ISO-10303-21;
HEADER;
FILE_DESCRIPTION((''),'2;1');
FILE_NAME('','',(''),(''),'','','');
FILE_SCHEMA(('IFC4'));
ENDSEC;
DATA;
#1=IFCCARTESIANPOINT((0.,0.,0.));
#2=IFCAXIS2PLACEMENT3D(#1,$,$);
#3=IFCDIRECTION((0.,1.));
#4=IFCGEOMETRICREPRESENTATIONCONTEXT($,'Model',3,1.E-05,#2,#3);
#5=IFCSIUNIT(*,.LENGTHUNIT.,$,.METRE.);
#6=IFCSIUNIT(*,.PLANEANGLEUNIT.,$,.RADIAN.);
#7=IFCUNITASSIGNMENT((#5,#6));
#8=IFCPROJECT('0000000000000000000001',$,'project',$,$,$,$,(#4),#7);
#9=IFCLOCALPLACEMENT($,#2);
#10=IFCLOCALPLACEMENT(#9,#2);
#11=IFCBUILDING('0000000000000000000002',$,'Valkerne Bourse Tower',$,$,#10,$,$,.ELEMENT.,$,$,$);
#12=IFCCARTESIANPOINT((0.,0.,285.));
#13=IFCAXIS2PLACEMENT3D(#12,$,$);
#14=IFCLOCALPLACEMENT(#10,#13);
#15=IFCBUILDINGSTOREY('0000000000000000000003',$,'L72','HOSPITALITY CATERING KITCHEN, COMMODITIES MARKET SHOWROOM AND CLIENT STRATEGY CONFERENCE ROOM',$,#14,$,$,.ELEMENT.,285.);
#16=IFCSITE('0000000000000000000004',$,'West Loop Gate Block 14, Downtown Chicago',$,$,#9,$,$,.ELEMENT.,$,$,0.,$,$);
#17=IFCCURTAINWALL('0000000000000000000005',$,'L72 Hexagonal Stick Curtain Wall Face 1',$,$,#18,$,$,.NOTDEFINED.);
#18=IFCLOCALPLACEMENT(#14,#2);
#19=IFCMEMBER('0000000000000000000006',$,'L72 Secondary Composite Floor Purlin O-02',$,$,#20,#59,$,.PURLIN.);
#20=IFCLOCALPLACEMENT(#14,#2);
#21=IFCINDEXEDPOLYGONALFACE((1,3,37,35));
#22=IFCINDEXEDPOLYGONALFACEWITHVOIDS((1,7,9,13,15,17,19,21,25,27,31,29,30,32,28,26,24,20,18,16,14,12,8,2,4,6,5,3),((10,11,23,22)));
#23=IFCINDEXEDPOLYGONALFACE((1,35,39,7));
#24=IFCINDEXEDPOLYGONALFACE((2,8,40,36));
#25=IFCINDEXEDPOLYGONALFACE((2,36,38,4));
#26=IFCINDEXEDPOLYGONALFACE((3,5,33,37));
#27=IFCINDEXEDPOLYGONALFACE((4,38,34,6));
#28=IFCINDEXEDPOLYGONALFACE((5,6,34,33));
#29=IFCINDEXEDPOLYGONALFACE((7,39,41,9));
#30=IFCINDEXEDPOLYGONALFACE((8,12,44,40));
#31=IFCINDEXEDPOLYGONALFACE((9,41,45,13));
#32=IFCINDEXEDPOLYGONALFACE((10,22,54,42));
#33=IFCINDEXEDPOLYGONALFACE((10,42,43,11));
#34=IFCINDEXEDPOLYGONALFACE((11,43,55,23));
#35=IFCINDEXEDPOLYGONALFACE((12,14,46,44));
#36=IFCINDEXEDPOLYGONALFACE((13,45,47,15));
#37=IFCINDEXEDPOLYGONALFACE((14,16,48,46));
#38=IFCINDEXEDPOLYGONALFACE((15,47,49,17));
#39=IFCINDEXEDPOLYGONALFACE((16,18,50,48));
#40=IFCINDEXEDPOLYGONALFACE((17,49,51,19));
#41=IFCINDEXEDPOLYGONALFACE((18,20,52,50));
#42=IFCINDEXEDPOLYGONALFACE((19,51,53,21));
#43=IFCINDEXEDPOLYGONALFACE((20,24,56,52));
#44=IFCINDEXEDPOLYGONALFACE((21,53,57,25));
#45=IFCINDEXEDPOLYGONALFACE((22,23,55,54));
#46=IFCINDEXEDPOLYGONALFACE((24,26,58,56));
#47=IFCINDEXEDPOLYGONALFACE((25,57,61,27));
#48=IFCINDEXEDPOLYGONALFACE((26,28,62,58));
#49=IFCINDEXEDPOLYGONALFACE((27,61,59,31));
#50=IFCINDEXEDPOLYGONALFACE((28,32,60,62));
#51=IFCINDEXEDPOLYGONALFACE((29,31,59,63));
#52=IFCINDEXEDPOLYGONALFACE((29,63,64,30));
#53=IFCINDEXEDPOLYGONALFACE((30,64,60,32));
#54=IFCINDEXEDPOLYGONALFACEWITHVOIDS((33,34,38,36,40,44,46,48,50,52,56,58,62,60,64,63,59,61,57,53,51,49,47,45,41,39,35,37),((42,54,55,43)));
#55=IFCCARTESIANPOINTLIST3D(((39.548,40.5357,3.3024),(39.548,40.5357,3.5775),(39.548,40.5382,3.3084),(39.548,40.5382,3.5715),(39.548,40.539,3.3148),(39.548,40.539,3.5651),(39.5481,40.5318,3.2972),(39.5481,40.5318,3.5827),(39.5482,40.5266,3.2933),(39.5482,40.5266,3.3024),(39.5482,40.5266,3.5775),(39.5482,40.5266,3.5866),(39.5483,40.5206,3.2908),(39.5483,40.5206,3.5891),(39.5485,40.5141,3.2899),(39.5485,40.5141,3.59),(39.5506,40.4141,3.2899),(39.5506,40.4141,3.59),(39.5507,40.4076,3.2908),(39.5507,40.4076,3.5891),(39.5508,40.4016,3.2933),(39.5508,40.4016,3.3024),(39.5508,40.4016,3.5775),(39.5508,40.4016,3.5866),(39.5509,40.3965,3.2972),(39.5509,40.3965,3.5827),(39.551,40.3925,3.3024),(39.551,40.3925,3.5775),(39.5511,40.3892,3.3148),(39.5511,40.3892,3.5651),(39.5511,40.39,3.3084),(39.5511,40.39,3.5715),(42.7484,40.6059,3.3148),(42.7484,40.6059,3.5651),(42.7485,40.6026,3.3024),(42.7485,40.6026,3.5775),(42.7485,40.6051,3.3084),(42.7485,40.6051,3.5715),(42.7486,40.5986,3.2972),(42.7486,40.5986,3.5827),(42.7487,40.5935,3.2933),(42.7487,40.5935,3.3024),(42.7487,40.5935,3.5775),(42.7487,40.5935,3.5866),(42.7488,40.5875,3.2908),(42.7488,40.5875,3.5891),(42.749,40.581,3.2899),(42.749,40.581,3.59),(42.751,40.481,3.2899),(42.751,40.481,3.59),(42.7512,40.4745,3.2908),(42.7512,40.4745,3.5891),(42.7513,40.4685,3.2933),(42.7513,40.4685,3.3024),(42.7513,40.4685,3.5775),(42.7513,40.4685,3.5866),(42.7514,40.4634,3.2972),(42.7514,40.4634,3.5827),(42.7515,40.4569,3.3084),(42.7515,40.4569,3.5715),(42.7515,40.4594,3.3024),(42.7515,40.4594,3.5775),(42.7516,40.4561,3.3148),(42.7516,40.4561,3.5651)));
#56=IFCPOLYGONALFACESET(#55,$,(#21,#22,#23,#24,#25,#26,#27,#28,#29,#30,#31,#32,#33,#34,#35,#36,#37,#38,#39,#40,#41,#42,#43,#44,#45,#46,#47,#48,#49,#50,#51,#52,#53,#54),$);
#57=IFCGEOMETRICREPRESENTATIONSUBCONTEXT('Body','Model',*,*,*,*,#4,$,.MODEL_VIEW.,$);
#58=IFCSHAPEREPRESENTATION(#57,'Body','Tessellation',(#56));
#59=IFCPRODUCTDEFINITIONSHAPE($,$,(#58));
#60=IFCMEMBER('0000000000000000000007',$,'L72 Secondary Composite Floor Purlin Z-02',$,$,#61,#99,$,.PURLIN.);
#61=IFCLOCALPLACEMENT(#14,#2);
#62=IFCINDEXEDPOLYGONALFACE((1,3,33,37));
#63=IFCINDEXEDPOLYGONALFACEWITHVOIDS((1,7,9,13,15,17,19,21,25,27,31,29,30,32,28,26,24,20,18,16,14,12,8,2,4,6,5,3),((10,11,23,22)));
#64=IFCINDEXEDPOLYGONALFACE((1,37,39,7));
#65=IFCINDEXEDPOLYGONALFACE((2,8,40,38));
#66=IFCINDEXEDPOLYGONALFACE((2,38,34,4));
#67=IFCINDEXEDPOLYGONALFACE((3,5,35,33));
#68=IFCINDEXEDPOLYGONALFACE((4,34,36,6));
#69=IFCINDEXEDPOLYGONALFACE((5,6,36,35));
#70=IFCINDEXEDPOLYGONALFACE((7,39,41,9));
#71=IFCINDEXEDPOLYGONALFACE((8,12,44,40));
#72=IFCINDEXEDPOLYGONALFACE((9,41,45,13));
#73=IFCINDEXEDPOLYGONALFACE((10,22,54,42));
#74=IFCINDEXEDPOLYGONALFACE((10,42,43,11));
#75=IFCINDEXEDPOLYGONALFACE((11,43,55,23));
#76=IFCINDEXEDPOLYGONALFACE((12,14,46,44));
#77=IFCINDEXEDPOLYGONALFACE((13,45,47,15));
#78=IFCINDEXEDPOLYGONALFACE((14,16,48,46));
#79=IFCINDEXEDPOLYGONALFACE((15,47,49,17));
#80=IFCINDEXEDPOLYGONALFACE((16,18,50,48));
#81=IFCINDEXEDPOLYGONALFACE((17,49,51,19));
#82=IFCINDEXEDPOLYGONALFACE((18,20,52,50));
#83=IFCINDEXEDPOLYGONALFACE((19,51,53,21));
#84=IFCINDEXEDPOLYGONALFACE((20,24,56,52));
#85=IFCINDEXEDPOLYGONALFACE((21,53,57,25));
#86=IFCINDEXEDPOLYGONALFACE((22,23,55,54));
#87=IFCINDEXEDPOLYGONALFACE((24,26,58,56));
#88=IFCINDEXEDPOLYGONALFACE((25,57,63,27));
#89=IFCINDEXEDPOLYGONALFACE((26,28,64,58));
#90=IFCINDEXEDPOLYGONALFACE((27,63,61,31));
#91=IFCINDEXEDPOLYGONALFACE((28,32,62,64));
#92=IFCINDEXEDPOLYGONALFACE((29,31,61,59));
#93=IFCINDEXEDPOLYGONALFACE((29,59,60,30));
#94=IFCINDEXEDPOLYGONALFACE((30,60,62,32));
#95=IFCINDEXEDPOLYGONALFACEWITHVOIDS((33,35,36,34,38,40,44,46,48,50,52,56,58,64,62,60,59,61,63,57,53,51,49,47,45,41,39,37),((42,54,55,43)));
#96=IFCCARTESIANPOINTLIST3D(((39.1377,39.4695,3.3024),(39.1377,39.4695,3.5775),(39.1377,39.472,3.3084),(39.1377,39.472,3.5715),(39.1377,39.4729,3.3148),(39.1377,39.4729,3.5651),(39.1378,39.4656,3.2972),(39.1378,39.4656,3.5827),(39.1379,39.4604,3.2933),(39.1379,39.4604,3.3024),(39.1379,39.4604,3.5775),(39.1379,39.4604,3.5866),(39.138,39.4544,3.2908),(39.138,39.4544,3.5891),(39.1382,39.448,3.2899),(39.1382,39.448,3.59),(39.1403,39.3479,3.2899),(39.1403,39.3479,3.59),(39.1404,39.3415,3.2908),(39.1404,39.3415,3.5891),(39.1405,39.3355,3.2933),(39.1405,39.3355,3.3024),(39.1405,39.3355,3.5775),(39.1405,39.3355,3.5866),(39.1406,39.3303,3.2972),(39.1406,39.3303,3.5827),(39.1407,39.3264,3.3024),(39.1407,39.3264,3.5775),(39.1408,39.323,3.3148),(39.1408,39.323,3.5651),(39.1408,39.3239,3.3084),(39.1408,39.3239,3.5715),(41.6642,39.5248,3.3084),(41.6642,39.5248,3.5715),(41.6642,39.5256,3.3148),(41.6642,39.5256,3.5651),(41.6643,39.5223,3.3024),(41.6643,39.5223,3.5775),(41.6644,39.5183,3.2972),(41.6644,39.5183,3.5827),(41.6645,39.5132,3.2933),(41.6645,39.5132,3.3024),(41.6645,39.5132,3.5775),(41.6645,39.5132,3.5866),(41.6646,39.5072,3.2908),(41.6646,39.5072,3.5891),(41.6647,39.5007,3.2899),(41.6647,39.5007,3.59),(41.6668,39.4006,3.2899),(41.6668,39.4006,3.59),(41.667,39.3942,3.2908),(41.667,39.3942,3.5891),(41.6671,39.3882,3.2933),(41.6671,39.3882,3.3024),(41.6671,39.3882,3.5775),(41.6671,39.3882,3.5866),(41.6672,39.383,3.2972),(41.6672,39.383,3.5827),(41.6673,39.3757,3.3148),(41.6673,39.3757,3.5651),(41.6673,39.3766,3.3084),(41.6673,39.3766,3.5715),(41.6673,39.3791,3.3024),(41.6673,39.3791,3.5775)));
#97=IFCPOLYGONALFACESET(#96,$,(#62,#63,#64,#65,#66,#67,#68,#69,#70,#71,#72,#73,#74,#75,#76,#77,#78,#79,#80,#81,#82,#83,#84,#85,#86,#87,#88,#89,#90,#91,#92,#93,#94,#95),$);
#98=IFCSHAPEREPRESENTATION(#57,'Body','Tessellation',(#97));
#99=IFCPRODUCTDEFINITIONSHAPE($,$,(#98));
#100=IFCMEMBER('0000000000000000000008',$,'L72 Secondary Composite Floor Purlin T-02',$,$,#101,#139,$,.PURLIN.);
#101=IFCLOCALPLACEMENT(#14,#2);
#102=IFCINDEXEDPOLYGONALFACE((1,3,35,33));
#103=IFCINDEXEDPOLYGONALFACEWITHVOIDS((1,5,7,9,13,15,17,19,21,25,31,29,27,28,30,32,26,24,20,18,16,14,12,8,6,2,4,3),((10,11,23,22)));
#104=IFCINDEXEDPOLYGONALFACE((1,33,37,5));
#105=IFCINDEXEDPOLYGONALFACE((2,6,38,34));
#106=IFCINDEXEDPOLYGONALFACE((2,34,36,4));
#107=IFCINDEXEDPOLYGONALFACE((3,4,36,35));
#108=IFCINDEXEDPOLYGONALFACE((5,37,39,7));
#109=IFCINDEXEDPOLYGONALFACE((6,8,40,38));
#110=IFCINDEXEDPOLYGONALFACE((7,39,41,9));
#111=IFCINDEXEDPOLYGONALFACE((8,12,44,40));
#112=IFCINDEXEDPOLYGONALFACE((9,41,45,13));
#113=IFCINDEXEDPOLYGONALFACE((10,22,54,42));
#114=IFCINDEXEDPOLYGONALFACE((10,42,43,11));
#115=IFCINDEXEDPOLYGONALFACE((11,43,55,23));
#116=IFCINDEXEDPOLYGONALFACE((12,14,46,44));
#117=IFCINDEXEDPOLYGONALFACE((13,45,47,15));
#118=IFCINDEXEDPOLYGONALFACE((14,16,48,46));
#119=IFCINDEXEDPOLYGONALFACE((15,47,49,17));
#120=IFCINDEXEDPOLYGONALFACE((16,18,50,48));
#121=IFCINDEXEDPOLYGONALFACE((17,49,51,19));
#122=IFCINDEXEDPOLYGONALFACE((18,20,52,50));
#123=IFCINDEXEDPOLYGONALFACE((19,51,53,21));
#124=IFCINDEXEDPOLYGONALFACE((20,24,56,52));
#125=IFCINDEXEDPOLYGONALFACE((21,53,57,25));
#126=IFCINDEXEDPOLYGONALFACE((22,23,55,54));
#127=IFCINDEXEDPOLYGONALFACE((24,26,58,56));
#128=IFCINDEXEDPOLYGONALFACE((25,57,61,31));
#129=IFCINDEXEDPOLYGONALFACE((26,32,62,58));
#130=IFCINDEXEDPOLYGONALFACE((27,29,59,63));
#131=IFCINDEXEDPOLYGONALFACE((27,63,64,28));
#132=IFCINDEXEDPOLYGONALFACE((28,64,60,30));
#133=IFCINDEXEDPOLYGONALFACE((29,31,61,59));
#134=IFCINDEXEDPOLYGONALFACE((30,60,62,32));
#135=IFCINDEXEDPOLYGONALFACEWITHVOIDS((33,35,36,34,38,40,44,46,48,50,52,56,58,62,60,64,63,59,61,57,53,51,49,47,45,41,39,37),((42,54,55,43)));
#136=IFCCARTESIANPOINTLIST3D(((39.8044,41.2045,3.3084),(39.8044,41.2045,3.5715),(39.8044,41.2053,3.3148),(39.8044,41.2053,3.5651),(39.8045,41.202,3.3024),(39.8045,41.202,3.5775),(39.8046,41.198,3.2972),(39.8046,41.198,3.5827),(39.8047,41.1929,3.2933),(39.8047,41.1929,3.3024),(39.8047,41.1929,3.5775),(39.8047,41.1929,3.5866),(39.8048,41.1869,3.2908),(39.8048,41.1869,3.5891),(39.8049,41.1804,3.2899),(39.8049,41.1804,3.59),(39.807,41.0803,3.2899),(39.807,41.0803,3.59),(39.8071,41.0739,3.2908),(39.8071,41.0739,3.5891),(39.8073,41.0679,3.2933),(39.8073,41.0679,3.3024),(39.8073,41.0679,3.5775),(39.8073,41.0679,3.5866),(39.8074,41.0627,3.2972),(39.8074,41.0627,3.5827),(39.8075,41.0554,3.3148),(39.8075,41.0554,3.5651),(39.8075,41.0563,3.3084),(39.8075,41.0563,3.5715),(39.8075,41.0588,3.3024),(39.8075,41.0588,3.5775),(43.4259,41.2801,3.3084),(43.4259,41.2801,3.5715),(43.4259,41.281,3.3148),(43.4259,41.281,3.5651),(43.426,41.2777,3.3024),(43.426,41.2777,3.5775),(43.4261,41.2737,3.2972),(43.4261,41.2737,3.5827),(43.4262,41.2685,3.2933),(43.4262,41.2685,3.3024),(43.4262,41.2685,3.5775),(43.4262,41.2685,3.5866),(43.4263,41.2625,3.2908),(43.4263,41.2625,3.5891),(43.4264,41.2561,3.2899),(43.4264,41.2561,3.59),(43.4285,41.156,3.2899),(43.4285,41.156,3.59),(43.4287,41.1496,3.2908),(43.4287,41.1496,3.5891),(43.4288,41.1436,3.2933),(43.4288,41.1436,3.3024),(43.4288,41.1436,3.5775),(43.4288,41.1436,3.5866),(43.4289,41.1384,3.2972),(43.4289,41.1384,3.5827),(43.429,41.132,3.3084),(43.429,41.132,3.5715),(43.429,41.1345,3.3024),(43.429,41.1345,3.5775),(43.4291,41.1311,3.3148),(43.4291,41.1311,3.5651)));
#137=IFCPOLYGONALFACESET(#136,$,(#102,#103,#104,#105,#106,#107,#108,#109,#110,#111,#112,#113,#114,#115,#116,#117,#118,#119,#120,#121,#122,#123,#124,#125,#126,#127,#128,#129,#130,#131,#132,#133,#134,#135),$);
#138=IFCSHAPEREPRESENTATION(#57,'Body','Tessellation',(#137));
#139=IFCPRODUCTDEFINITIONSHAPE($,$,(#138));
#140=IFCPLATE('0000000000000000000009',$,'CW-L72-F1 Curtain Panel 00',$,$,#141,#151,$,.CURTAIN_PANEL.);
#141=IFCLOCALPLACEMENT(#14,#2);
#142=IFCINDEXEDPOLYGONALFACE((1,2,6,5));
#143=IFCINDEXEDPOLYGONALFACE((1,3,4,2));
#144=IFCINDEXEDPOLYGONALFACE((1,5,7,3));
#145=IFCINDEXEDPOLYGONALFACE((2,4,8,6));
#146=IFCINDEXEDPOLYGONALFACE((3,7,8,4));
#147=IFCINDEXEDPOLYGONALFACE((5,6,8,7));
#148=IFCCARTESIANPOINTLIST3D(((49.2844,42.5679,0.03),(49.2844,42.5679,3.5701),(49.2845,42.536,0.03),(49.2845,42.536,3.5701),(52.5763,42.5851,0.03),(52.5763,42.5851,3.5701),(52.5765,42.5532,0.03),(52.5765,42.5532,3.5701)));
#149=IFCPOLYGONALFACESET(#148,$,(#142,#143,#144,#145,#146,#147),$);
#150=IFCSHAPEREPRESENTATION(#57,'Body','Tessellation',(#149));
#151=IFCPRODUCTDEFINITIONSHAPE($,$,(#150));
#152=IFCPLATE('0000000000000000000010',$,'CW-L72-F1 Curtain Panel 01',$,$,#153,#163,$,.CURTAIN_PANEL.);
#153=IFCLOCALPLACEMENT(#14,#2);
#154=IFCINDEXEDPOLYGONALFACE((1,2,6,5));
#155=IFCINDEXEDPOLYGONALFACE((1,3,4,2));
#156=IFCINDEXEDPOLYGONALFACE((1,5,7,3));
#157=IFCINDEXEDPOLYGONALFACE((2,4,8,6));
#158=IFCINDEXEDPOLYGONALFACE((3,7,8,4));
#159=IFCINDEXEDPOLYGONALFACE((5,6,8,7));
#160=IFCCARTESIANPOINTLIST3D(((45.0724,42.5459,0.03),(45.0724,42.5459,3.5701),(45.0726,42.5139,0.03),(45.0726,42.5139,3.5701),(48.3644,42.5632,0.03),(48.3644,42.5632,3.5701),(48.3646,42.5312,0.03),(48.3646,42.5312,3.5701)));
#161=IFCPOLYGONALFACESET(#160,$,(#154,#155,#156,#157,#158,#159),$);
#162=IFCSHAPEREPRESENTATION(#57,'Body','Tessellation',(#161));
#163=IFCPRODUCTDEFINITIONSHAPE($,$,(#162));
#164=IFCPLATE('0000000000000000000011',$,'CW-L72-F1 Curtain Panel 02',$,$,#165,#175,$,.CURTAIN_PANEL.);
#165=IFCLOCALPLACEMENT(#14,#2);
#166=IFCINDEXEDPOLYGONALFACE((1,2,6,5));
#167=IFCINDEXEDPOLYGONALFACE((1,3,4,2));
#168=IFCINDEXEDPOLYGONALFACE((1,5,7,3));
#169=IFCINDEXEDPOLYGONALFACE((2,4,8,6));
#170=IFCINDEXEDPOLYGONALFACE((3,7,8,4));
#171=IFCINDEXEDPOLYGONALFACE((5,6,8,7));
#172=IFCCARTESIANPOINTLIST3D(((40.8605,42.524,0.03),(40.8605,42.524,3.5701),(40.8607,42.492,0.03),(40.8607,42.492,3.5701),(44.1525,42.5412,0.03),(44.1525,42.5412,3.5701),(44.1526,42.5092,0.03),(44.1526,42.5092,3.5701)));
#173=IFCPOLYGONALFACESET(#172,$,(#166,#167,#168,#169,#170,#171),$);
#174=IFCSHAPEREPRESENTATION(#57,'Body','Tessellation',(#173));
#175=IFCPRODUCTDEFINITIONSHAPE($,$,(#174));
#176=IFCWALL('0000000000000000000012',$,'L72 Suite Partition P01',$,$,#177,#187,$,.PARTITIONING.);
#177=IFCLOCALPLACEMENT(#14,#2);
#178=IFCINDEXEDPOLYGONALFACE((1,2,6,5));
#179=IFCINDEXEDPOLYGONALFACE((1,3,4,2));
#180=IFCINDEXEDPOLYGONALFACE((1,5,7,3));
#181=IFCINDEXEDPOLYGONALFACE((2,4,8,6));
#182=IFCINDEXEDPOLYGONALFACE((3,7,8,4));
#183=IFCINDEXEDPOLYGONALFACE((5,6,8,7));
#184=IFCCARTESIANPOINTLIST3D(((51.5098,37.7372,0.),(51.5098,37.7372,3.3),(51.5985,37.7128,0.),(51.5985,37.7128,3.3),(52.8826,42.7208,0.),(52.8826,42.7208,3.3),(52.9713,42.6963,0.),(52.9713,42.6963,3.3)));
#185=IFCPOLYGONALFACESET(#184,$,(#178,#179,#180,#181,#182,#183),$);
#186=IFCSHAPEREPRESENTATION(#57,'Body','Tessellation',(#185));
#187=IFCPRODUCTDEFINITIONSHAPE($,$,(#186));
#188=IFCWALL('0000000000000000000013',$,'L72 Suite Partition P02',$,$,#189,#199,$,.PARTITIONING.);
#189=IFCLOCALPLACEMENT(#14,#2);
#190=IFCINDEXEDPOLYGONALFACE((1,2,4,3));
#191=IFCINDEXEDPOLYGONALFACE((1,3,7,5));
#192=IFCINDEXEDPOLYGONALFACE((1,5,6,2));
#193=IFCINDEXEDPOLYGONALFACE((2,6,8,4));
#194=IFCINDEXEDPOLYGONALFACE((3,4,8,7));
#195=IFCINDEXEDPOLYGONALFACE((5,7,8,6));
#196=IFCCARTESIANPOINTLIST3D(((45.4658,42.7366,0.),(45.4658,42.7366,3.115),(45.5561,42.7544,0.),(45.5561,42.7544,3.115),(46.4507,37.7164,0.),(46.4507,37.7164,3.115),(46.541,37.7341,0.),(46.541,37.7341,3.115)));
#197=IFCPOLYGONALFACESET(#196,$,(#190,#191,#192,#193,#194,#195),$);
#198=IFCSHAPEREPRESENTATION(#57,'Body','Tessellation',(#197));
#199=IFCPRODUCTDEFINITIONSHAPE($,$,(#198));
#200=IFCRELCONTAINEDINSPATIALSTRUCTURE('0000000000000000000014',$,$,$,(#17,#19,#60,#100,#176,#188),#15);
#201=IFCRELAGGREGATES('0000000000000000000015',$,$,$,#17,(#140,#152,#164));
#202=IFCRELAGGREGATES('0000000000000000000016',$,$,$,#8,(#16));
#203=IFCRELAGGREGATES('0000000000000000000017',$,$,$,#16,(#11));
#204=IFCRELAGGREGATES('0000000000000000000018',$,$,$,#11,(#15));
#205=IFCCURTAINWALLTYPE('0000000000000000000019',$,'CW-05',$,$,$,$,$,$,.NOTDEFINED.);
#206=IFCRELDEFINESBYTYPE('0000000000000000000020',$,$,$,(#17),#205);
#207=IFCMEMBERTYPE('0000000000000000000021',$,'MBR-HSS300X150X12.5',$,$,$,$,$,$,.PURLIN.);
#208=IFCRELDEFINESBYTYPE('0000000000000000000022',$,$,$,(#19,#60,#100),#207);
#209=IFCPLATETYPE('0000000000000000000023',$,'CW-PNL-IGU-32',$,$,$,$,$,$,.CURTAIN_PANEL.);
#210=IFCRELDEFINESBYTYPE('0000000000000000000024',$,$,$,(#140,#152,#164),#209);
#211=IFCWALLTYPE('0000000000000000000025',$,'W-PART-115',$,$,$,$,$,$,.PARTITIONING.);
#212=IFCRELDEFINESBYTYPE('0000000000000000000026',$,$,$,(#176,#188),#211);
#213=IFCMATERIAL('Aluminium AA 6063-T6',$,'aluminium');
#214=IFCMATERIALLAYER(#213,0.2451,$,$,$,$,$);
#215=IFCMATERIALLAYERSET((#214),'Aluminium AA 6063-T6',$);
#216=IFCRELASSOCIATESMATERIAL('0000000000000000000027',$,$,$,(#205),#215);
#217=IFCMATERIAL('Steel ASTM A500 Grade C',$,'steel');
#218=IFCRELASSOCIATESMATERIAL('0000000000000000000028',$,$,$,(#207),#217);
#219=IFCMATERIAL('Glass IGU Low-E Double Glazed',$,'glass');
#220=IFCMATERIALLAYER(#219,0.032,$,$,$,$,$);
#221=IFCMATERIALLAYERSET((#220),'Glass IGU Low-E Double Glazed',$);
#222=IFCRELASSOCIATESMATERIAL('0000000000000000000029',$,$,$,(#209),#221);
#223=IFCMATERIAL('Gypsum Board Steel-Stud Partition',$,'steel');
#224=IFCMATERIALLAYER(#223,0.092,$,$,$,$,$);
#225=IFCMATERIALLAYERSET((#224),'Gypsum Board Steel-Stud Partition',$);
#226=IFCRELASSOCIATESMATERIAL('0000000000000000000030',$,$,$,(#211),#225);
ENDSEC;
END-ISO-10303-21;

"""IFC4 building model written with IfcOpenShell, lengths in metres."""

from ifc_helpers import new_model, si_unit, direction, frame, frame_2d, origin, origin_2d, place, context, subcontext, project, spatial, rectangle, hollow_rectangle, extrude, material, layer, layer_set, material_profile, profile_set, type_object, element, aggregate, save


model = new_model("IFC4")

# Units and contexts
model_context = context("Model", 3, precision=1e-05, world=origin(), true_north=direction((0.0, 1.0)))
body_context = subcontext(model_context, "Body", "Model", "MODEL_VIEW")
ifc_project = project(units=[si_unit("LENGTHUNIT", "METRE"), si_unit("PLANEANGLEUNIT", "RADIAN")], contexts=[model_context])

# Site, building, storey
site_placement = place(None, origin())
site = spatial("IfcSite", under=ifc_project, at=site_placement, Name="West Loop Gate Block 14, Downtown Chicago", CompositionType="ELEMENT", RefElevation=0.0)
building_placement = place(site_placement, origin())
building = spatial("IfcBuilding", under=site, at=building_placement, Name="Valkerne Bourse Tower", CompositionType="ELEMENT")
storey_placement = place(building_placement, frame((0.0, 0.0, 285.0)))
storey = spatial("IfcBuildingStorey", under=building, at=storey_placement, Name="L72", Description="HOSPITALITY CATERING KITCHEN, COMMODITIES MARKET SHOWROOM AND CLIENT STRATEGY CONFERENCE ROOM", CompositionType="ELEMENT", Elevation=285.0)

# Curtain wall
ifc_material_1 = material(Name="Aluminium AA 6063-T6", Category="aluminium")
ifc_layer_1 = layer(ifc_material_1, 0.2451)
ifc_layer_set_1 = layer_set([ifc_layer_1], Name="Aluminium AA 6063-T6")
curtain_wall_type = type_object("IfcCurtainWallType", Name="CW-05", PredefinedType="NOTDEFINED", material=ifc_layer_set_1)
curtain_wall_placement = place(storey_placement, origin())
curtain_wall = element("IfcCurtainWall", 1, at=curtain_wall_placement, inside=storey, type_object=curtain_wall_type, Name="L72 Hexagonal Stick Curtain Wall Face 1", PredefinedType="NOTDEFINED")

# Members
ifc_material_2 = material(Name="Steel ASTM A500 Grade C", Category="steel")
ifc_material_profile_1 = material_profile(ifc_material_2, hollow_rectangle(XDim=0.1499, YDim=0.3, WallThickness=0.0125, OuterFilletRadius=0.0249, at=origin_2d()), Name="HSS300X150X12.5")
ifc_profile_set_1 = profile_set([ifc_material_profile_1], Name="Steel ASTM A500 Grade C")
member_type_1 = type_object("IfcMemberType", Name="MBR-HSS300X150X12.5", PredefinedType="PURLIN", material=ifc_profile_set_1)
member_1_placement = place(storey_placement, frame((42.75, 40.531, 3.4399), z_axis=(-0.999782, -0.020897, 0.0), x_axis=(0.020897, -0.999782, 0.0)))
element("IfcMember", 2, at=member_1_placement, inside=storey, type_object=member_type_1, Name="L72 Secondary Composite Floor Purlin O-02", PredefinedType="PURLIN", context=body_context, shape_type="SweptSolid", body=[
    extrude(hollow_rectangle(XDim=0.1499, YDim=0.3, WallThickness=0.0125, OuterFilletRadius=0.0249, at=origin_2d()), origin(), (0.0, 0.0, 1.0), 3.2012),
])
member_2_placement = place(storey_placement, frame((41.6658, 39.4507, 3.4399), z_axis=(-0.999782, -0.020867, 0.0), x_axis=(0.020867, -0.999782, 0.0)))
element("IfcMember", 3, at=member_2_placement, inside=storey, type_object=member_type_1, Name="L72 Secondary Composite Floor Purlin Z-02", PredefinedType="PURLIN", context=body_context, shape_type="SweptSolid", body=[
    extrude(hollow_rectangle(XDim=0.1499, YDim=0.3, WallThickness=0.0125, OuterFilletRadius=0.0249, at=origin_2d()), origin(), (0.0, 0.0, 1.0), 2.5271),
])
member_3_placement = place(storey_placement, frame((43.4275, 41.2061, 3.4399), z_axis=(-0.999782, -0.020893, 0.0), x_axis=(0.020893, -0.999782, 0.0)))
element("IfcMember", 4, at=member_3_placement, inside=storey, type_object=member_type_1, Name="L72 Secondary Composite Floor Purlin T-02", PredefinedType="PURLIN", context=body_context, shape_type="SweptSolid", body=[
    extrude(hollow_rectangle(XDim=0.1499, YDim=0.3, WallThickness=0.0125, OuterFilletRadius=0.0249, at=origin_2d()), origin(), (0.0, 0.0, 1.0), 3.6223),
])

# Plates
ifc_material_3 = material(Name="Glass IGU Low-E Double Glazed", Category="glass")
ifc_layer_2 = layer(ifc_material_3, 0.032)
ifc_layer_set_2 = layer_set([ifc_layer_2], Name="Glass IGU Low-E Double Glazed")
plate_type = type_object("IfcPlateType", Name="CW-PNL-IGU-32", PredefinedType="CURTAIN_PANEL", material=ifc_layer_set_2)
plate_1_placement = place(storey_placement, frame((50.9304, 42.5605, 0.03), z_axis=(0.0, 0.0, 1.0), x_axis=(-0.999986, -0.005223, 0.0)))
plate_1 = element("IfcPlate", 5, at=plate_1_placement, type_object=plate_type, Name="CW-L72-F1 Curtain Panel 00", PredefinedType="CURTAIN_PANEL", context=body_context, shape_type="SweptSolid", body=[
    extrude(rectangle(XDim=3.292, YDim=0.032, at=origin_2d()), origin(), (0.0, 0.0, 1.0), 3.54),
])
plate_2_placement = place(storey_placement, frame((46.7185, 42.5386, 0.03), z_axis=(0.0, 0.0, 1.0), x_axis=(-0.999986, -0.005247, 0.0)))
plate_2 = element("IfcPlate", 6, at=plate_2_placement, type_object=plate_type, Name="CW-L72-F1 Curtain Panel 01", PredefinedType="CURTAIN_PANEL", context=body_context, shape_type="SweptSolid", body=[
    extrude(rectangle(XDim=3.292, YDim=0.032, at=origin_2d()), origin(), (0.0, 0.0, 1.0), 3.54),
])
plate_3_placement = place(storey_placement, frame((42.5066, 42.5166, 0.03), z_axis=(0.0, 0.0, 1.0), x_axis=(-0.999986, -0.005223, 0.0)))
plate_3 = element("IfcPlate", 7, at=plate_3_placement, type_object=plate_type, Name="CW-L72-F1 Curtain Panel 02", PredefinedType="CURTAIN_PANEL", context=body_context, shape_type="SweptSolid", body=[
    extrude(rectangle(XDim=3.292, YDim=0.032, at=origin_2d()), origin(), (0.0, 0.0, 1.0), 3.54),
])
aggregate(curtain_wall, [plate_1, plate_2, plate_3])

# Walls
ifc_material_4 = material(Name="Gypsum Board Steel-Stud Partition", Category="steel")
ifc_layer_3 = layer(ifc_material_4, 0.092)
ifc_layer_set_3 = layer_set([ifc_layer_3], Name="Gypsum Board Steel-Stud Partition")
wall_type = type_object("IfcWallType", Name="W-PART-115", PredefinedType="PARTITIONING", material=ifc_layer_set_3)
wall_1_placement = place(storey_placement, frame((51.5542, 37.7251, 0.0), z_axis=(0.0, 0.0, 1.0), x_axis=(0.26557, 0.964091, 0.0)))
element("IfcWall", 8, at=wall_1_placement, inside=storey, type_object=wall_type, Name="L72 Suite Partition P01", PredefinedType="PARTITIONING", context=body_context, shape_type="SweptSolid", body=[
    extrude(rectangle(XDim=5.1692, YDim=0.092, at=frame_2d((2.5845, 0.0))), origin(), (0.0, 0.0, 1.0), 3.3),
])
wall_2_placement = place(storey_placement, frame((46.4958, 37.7251, 0.0), z_axis=(0.0, 0.0, 1.0), x_axis=(-0.192508, 0.981295, 0.0)))
element("IfcWall", 9, at=wall_2_placement, inside=storey, type_object=wall_type, Name="L72 Suite Partition P02", PredefinedType="PARTITIONING", context=body_context, shape_type="SweptSolid", body=[
    extrude(rectangle(XDim=5.116, YDim=0.092, at=frame_2d((2.5581, 0.0))), origin(), (0.0, 0.0, 1.0), 3.115),
])

save(model, "model.ifc")
